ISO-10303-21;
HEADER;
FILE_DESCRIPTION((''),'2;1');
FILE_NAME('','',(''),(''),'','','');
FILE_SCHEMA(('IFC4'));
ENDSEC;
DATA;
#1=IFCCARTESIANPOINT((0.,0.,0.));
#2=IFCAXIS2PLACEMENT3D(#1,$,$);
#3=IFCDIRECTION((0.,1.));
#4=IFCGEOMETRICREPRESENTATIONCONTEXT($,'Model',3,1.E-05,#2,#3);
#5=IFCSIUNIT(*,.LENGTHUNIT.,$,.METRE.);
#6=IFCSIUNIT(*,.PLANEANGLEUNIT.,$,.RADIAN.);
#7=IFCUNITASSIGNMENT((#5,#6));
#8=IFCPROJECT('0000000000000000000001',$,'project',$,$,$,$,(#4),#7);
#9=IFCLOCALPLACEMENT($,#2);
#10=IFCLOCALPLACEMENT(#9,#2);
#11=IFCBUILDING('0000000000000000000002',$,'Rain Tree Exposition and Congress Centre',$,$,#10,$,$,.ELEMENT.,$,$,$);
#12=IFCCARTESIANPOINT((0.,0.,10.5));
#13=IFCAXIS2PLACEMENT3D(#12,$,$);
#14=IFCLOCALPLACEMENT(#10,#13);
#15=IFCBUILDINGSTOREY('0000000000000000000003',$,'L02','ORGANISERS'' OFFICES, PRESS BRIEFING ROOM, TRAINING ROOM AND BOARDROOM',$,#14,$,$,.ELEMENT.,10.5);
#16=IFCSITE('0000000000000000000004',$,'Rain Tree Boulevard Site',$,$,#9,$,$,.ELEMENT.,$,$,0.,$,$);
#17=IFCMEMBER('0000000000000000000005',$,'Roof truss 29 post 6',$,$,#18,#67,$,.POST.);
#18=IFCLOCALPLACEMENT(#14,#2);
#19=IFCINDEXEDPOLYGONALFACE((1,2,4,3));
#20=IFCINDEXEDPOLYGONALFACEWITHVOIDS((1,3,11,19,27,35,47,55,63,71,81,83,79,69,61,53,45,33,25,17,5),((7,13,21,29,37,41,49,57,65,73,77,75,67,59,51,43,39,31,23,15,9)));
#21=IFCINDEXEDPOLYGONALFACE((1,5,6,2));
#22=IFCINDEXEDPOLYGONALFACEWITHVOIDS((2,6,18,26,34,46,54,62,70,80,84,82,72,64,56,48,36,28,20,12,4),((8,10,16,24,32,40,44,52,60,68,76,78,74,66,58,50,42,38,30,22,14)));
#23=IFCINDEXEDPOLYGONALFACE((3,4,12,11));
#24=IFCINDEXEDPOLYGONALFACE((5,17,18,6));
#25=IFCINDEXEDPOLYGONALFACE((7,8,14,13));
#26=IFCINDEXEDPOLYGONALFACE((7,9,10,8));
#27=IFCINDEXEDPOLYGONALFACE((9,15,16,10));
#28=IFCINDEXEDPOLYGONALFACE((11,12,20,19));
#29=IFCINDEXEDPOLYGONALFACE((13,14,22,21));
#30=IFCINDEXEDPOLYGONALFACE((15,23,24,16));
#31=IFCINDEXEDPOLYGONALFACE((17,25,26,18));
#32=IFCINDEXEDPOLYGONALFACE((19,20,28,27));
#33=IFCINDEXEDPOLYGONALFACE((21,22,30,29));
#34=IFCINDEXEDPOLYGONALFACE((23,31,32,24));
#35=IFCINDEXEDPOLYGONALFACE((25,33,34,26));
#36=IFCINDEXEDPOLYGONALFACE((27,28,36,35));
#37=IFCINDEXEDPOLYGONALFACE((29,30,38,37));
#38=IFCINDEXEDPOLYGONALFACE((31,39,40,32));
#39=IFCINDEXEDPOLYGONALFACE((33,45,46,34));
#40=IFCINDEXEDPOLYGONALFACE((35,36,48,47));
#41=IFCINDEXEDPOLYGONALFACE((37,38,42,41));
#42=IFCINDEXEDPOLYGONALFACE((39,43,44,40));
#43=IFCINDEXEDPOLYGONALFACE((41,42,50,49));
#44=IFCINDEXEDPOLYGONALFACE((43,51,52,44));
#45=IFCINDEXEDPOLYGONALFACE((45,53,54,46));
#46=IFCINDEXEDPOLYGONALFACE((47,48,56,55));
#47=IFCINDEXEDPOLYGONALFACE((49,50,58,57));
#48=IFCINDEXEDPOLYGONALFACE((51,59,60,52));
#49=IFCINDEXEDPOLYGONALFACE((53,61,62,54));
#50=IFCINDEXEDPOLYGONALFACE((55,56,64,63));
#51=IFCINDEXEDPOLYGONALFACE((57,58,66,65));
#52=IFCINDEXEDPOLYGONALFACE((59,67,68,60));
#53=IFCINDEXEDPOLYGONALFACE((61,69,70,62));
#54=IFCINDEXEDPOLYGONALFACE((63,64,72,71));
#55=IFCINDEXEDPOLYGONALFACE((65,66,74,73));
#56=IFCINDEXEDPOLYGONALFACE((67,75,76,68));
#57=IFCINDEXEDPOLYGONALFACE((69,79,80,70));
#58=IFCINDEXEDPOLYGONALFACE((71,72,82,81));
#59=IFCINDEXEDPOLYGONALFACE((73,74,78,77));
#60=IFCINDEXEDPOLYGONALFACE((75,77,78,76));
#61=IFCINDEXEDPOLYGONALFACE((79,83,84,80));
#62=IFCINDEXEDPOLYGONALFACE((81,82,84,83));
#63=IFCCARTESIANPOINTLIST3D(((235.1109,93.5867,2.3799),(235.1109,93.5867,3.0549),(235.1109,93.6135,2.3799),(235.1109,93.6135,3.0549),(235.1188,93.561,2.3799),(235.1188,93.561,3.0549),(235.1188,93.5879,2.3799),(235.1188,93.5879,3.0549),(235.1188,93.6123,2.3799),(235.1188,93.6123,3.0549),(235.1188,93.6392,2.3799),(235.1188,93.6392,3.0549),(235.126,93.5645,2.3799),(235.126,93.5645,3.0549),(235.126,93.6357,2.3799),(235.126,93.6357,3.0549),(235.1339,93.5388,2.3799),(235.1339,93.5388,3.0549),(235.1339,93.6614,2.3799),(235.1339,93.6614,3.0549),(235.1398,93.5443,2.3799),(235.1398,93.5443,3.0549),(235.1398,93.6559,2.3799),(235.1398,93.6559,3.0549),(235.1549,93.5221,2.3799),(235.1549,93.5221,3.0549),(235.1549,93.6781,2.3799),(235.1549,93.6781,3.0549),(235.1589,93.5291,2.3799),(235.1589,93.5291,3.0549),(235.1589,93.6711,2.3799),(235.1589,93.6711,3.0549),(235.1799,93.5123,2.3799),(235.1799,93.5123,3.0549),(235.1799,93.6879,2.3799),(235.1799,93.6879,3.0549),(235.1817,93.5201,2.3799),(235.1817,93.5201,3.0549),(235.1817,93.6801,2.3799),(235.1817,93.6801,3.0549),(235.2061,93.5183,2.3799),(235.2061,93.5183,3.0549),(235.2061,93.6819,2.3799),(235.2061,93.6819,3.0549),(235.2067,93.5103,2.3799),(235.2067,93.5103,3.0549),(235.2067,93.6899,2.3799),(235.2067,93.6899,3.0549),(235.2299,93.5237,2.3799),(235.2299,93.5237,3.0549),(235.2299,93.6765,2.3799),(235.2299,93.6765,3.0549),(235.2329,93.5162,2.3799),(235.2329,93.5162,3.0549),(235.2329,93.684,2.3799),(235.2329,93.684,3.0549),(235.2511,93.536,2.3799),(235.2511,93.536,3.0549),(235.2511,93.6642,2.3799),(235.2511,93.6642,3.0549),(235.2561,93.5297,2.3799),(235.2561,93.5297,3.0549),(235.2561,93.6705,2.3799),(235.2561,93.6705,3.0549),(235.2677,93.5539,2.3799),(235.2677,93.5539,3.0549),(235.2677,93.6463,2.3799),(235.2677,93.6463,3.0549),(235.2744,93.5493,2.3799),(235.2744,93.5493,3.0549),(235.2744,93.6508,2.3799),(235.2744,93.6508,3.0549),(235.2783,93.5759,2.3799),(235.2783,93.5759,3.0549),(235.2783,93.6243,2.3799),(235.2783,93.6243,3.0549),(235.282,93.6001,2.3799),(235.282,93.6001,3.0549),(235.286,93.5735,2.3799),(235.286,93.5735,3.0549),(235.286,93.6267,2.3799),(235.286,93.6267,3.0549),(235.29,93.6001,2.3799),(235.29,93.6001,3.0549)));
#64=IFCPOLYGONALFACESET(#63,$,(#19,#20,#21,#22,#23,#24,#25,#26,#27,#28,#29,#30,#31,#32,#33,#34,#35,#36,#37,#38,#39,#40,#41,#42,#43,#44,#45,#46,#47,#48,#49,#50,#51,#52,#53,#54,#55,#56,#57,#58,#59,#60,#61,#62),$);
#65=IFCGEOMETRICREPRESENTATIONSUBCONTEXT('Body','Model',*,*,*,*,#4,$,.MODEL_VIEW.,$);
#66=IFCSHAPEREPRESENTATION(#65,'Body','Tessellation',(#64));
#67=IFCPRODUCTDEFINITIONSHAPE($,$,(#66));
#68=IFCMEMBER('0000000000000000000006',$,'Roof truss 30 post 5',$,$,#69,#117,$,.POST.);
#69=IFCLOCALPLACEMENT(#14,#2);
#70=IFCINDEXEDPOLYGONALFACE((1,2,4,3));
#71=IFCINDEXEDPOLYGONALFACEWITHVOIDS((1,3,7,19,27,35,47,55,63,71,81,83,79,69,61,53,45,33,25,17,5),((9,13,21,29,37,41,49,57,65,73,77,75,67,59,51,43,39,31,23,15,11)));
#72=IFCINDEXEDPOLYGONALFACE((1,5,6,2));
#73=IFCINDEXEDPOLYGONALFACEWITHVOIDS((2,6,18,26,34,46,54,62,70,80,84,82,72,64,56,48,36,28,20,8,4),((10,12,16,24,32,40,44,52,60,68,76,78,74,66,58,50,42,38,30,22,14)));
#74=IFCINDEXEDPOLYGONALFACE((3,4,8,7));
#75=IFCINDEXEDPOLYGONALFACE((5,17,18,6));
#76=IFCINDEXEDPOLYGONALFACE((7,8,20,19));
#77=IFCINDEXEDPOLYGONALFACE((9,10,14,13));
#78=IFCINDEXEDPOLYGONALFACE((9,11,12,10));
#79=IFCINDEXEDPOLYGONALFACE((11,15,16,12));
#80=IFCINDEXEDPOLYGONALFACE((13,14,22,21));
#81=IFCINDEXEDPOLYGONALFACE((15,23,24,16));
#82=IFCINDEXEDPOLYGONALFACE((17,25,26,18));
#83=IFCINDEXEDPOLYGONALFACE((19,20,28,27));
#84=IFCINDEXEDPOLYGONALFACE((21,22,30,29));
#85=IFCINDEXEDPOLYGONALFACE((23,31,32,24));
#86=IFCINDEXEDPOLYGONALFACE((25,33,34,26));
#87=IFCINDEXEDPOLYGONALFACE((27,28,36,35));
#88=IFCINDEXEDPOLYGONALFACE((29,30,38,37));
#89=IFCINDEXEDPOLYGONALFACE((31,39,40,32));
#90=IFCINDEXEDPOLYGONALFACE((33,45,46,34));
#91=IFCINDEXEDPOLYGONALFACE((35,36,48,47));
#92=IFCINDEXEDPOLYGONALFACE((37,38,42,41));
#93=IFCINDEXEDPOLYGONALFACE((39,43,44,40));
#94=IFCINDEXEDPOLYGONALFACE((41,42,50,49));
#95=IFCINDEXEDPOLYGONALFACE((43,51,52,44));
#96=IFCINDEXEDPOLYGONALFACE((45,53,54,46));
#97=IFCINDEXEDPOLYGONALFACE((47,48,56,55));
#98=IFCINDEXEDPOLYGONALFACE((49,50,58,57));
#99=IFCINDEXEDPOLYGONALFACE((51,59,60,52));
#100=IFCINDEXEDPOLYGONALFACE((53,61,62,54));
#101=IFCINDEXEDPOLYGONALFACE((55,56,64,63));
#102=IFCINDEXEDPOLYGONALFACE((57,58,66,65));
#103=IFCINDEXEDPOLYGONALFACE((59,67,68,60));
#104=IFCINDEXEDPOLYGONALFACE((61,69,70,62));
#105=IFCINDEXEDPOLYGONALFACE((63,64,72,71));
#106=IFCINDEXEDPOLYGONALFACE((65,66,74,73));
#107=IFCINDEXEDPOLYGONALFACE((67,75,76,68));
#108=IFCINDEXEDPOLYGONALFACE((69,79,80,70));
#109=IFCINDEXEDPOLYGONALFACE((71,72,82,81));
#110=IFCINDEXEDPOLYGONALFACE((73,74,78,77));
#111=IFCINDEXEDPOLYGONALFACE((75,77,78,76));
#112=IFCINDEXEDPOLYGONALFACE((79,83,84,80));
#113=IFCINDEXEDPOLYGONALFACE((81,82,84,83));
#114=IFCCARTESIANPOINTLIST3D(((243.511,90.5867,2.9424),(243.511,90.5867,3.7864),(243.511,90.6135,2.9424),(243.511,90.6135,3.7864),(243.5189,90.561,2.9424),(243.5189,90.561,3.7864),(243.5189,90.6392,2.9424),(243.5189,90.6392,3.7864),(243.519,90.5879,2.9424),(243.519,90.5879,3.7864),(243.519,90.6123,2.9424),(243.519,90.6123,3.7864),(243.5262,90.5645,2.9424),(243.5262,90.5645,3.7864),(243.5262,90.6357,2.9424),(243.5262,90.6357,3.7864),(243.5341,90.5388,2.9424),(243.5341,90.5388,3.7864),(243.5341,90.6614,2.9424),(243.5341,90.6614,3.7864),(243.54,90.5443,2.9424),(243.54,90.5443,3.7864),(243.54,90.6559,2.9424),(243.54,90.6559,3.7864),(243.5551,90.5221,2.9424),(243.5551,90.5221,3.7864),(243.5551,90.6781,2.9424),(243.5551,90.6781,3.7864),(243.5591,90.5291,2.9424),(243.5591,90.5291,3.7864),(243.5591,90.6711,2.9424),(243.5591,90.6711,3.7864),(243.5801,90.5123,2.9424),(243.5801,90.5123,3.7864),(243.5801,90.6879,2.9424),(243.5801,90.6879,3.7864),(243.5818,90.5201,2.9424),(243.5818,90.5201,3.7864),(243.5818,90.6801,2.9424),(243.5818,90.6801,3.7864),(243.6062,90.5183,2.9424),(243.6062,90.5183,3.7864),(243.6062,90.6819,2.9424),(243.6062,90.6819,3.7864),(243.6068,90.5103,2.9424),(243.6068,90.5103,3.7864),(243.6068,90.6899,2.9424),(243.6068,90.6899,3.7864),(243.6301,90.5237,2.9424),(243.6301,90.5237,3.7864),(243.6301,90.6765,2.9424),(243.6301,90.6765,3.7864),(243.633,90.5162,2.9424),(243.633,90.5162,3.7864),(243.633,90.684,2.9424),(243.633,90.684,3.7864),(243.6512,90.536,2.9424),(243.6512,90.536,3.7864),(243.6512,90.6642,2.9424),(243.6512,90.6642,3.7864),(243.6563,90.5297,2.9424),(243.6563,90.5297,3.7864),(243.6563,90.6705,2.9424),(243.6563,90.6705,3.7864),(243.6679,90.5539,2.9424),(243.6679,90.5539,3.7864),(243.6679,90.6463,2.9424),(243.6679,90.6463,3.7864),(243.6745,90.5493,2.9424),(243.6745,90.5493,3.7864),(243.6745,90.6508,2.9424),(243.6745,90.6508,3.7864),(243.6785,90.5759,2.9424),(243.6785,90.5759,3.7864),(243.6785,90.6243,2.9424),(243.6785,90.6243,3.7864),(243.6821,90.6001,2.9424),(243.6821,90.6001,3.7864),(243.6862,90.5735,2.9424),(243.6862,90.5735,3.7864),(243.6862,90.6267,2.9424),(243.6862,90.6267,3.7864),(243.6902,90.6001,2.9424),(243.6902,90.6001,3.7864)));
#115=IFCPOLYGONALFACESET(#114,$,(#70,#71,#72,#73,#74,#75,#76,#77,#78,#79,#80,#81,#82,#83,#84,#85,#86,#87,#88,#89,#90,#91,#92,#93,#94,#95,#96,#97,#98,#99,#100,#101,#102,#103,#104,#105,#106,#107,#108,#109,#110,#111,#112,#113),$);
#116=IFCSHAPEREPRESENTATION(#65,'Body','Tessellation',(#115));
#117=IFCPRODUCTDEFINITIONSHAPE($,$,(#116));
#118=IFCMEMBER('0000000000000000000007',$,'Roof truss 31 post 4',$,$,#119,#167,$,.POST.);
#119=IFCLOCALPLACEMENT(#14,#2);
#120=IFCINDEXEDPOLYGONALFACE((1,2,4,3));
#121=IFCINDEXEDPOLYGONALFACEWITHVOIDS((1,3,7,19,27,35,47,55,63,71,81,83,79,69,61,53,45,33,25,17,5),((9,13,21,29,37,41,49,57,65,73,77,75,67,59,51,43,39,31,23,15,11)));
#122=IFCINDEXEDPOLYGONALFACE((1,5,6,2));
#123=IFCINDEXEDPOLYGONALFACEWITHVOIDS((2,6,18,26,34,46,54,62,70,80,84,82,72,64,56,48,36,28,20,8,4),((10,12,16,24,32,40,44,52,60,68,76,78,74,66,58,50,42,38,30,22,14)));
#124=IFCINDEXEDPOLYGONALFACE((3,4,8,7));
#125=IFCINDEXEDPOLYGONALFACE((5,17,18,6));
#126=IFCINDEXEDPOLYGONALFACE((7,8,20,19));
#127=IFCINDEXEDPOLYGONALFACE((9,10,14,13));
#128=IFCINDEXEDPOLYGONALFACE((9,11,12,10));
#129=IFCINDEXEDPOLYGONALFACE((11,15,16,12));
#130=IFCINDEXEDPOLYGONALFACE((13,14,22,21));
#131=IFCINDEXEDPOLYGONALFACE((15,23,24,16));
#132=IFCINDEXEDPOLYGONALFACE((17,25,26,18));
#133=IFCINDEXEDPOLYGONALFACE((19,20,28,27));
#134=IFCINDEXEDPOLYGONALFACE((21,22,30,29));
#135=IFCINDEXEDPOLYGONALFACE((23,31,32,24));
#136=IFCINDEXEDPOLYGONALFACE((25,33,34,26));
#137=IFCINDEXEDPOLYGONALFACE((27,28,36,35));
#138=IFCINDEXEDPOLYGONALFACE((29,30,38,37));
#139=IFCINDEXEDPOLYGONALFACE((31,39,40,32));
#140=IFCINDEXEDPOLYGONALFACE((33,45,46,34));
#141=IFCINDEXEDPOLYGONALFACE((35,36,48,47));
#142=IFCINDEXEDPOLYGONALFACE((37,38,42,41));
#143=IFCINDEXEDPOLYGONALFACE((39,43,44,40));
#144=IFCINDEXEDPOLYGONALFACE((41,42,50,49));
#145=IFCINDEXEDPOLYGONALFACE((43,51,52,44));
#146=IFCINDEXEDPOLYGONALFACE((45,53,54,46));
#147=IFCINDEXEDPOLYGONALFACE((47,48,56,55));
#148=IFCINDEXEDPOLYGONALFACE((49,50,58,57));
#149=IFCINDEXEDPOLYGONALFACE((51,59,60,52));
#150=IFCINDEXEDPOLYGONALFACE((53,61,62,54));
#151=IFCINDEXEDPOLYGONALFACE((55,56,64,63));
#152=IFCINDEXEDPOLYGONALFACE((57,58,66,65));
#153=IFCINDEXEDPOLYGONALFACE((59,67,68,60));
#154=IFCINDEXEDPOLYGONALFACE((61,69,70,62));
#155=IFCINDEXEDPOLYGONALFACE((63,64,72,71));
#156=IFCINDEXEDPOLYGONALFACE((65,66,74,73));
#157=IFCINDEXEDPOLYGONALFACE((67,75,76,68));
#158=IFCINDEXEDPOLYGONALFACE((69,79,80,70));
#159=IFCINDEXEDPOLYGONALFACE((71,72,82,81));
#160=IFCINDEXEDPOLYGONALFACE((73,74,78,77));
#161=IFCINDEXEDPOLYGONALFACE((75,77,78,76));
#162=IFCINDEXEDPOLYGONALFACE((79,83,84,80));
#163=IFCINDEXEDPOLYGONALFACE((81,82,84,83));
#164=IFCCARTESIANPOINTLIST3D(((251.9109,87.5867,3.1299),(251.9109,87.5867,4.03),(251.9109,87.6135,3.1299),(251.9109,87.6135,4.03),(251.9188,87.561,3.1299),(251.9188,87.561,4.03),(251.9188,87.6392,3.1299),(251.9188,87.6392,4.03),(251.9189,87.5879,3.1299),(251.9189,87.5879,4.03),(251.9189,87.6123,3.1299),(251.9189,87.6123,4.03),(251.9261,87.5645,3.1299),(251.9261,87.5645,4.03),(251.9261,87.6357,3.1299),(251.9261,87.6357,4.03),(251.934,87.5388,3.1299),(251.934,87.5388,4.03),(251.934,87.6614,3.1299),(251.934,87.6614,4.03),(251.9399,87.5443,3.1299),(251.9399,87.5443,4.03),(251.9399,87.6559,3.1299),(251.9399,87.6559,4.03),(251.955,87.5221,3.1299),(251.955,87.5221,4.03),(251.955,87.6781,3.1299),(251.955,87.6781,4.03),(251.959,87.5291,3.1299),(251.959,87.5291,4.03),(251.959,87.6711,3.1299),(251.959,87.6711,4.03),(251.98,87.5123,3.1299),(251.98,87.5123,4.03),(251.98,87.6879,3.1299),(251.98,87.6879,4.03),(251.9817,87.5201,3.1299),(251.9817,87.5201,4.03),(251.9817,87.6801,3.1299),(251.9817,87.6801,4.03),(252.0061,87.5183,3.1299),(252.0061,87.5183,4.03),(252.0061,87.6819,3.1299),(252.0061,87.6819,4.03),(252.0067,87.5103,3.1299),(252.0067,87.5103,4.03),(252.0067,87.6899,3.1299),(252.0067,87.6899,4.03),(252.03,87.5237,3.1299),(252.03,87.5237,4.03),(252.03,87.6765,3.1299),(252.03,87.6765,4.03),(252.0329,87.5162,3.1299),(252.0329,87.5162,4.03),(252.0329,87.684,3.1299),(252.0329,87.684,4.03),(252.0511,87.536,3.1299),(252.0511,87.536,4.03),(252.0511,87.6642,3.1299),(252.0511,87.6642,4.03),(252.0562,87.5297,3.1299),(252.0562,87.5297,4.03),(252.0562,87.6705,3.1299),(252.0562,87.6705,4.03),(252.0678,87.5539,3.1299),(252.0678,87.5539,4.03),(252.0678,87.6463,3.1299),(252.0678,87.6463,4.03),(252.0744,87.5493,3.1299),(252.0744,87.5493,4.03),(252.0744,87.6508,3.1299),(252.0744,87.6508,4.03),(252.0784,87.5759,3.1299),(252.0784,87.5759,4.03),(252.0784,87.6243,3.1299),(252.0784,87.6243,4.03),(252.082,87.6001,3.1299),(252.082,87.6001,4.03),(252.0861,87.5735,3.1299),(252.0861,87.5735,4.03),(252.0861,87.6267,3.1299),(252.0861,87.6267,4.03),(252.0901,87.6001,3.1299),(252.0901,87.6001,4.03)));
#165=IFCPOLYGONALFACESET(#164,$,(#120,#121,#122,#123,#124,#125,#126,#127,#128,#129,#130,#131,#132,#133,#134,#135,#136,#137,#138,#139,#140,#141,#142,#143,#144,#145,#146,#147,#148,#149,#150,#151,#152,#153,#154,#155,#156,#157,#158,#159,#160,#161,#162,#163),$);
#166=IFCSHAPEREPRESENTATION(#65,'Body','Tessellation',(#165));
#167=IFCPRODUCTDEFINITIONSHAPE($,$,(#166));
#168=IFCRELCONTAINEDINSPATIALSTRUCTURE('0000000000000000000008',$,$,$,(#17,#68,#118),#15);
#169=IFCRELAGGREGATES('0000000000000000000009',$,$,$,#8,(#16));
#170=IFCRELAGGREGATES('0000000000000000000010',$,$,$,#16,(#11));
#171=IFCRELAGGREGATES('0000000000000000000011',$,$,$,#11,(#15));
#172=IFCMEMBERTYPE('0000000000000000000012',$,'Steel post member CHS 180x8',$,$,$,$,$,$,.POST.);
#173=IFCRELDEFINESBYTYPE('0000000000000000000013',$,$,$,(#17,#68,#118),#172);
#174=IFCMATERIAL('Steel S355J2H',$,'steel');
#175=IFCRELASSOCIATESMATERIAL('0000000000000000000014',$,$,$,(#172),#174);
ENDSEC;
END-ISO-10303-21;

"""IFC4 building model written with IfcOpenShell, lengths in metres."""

from ifc_helpers import new_model, si_unit, direction, frame, origin, origin_2d, place, context, subcontext, project, spatial, hollow_circle, extrude, material, material_profile, profile_set, type_object, element, save


model = new_model("IFC4")

# Units and contexts
model_context = context("Model", 3, precision=1e-05, world=origin(), true_north=direction((0.0, 1.0)))
body_context = subcontext(model_context, "Body", "Model", "MODEL_VIEW")
ifc_project = project(units=[si_unit("LENGTHUNIT", "METRE"), si_unit("PLANEANGLEUNIT", "RADIAN")], contexts=[model_context])

# Site, building, storey
site_placement = place(None, origin())
site = spatial("IfcSite", under=ifc_project, at=site_placement, Name="Rain Tree Boulevard Site", CompositionType="ELEMENT", RefElevation=0.0)
building_placement = place(site_placement, origin())
building = spatial("IfcBuilding", under=site, at=building_placement, Name="Rain Tree Exposition and Congress Centre", CompositionType="ELEMENT")
storey_placement = place(building_placement, frame((0.0, 0.0, 10.5)))
storey = spatial("IfcBuildingStorey", under=building, at=storey_placement, Name="L02", Description="ORGANISERS' OFFICES, PRESS BRIEFING ROOM, TRAINING ROOM AND BOARDROOM", CompositionType="ELEMENT", Elevation=10.5)

# Members
ifc_material_1 = material(Name="Steel S355J2H", Category="steel")
ifc_material_profile_1 = material_profile(ifc_material_1, hollow_circle(Radius=0.0901, WallThickness=0.0081, at=origin_2d()), Name="CHS 180x8")
ifc_profile_set_1 = profile_set([ifc_material_profile_1], Name="Steel S355J2H")
member_type_1 = type_object("IfcMemberType", Name="Steel post member CHS 180x8", PredefinedType="POST", material=ifc_profile_set_1)
member_1_placement = place(storey_placement, frame((235.2, 93.6001, 2.3799), z_axis=(0.0, 0.0, 1.0), x_axis=(1.0, 0.0, 0.0)))
element("IfcMember", 1, at=member_1_placement, inside=storey, type_object=member_type_1, Name="Roof truss 29 post 6", PredefinedType="POST", context=body_context, shape_type="SweptSolid", body=[
    extrude(hollow_circle(Radius=0.0901, WallThickness=0.0081, at=origin_2d()), origin(), (0.0, 0.0, 1.0), 0.675),
])
member_2_placement = place(storey_placement, frame((243.6001, 90.6001, 2.9424), z_axis=(0.0, 0.0, 1.0), x_axis=(1.0, 0.0, 0.0)))
element("IfcMember", 2, at=member_2_placement, inside=storey, type_object=member_type_1, Name="Roof truss 30 post 5", PredefinedType="POST", context=body_context, shape_type="SweptSolid", body=[
    extrude(hollow_circle(Radius=0.0901, WallThickness=0.0081, at=origin_2d()), origin(), (0.0, 0.0, 1.0), 0.844),
])
member_3_placement = place(storey_placement, frame((252.0, 87.6001, 3.1299), z_axis=(0.0, 0.0, 1.0), x_axis=(1.0, 0.0, 0.0)))
element("IfcMember", 3, at=member_3_placement, inside=storey, type_object=member_type_1, Name="Roof truss 31 post 4", PredefinedType="POST", context=body_context, shape_type="SweptSolid", body=[
    extrude(hollow_circle(Radius=0.0901, WallThickness=0.0081, at=origin_2d()), origin(), (0.0, 0.0, 1.0), 0.9001),
])

save(model, "model.ifc")
